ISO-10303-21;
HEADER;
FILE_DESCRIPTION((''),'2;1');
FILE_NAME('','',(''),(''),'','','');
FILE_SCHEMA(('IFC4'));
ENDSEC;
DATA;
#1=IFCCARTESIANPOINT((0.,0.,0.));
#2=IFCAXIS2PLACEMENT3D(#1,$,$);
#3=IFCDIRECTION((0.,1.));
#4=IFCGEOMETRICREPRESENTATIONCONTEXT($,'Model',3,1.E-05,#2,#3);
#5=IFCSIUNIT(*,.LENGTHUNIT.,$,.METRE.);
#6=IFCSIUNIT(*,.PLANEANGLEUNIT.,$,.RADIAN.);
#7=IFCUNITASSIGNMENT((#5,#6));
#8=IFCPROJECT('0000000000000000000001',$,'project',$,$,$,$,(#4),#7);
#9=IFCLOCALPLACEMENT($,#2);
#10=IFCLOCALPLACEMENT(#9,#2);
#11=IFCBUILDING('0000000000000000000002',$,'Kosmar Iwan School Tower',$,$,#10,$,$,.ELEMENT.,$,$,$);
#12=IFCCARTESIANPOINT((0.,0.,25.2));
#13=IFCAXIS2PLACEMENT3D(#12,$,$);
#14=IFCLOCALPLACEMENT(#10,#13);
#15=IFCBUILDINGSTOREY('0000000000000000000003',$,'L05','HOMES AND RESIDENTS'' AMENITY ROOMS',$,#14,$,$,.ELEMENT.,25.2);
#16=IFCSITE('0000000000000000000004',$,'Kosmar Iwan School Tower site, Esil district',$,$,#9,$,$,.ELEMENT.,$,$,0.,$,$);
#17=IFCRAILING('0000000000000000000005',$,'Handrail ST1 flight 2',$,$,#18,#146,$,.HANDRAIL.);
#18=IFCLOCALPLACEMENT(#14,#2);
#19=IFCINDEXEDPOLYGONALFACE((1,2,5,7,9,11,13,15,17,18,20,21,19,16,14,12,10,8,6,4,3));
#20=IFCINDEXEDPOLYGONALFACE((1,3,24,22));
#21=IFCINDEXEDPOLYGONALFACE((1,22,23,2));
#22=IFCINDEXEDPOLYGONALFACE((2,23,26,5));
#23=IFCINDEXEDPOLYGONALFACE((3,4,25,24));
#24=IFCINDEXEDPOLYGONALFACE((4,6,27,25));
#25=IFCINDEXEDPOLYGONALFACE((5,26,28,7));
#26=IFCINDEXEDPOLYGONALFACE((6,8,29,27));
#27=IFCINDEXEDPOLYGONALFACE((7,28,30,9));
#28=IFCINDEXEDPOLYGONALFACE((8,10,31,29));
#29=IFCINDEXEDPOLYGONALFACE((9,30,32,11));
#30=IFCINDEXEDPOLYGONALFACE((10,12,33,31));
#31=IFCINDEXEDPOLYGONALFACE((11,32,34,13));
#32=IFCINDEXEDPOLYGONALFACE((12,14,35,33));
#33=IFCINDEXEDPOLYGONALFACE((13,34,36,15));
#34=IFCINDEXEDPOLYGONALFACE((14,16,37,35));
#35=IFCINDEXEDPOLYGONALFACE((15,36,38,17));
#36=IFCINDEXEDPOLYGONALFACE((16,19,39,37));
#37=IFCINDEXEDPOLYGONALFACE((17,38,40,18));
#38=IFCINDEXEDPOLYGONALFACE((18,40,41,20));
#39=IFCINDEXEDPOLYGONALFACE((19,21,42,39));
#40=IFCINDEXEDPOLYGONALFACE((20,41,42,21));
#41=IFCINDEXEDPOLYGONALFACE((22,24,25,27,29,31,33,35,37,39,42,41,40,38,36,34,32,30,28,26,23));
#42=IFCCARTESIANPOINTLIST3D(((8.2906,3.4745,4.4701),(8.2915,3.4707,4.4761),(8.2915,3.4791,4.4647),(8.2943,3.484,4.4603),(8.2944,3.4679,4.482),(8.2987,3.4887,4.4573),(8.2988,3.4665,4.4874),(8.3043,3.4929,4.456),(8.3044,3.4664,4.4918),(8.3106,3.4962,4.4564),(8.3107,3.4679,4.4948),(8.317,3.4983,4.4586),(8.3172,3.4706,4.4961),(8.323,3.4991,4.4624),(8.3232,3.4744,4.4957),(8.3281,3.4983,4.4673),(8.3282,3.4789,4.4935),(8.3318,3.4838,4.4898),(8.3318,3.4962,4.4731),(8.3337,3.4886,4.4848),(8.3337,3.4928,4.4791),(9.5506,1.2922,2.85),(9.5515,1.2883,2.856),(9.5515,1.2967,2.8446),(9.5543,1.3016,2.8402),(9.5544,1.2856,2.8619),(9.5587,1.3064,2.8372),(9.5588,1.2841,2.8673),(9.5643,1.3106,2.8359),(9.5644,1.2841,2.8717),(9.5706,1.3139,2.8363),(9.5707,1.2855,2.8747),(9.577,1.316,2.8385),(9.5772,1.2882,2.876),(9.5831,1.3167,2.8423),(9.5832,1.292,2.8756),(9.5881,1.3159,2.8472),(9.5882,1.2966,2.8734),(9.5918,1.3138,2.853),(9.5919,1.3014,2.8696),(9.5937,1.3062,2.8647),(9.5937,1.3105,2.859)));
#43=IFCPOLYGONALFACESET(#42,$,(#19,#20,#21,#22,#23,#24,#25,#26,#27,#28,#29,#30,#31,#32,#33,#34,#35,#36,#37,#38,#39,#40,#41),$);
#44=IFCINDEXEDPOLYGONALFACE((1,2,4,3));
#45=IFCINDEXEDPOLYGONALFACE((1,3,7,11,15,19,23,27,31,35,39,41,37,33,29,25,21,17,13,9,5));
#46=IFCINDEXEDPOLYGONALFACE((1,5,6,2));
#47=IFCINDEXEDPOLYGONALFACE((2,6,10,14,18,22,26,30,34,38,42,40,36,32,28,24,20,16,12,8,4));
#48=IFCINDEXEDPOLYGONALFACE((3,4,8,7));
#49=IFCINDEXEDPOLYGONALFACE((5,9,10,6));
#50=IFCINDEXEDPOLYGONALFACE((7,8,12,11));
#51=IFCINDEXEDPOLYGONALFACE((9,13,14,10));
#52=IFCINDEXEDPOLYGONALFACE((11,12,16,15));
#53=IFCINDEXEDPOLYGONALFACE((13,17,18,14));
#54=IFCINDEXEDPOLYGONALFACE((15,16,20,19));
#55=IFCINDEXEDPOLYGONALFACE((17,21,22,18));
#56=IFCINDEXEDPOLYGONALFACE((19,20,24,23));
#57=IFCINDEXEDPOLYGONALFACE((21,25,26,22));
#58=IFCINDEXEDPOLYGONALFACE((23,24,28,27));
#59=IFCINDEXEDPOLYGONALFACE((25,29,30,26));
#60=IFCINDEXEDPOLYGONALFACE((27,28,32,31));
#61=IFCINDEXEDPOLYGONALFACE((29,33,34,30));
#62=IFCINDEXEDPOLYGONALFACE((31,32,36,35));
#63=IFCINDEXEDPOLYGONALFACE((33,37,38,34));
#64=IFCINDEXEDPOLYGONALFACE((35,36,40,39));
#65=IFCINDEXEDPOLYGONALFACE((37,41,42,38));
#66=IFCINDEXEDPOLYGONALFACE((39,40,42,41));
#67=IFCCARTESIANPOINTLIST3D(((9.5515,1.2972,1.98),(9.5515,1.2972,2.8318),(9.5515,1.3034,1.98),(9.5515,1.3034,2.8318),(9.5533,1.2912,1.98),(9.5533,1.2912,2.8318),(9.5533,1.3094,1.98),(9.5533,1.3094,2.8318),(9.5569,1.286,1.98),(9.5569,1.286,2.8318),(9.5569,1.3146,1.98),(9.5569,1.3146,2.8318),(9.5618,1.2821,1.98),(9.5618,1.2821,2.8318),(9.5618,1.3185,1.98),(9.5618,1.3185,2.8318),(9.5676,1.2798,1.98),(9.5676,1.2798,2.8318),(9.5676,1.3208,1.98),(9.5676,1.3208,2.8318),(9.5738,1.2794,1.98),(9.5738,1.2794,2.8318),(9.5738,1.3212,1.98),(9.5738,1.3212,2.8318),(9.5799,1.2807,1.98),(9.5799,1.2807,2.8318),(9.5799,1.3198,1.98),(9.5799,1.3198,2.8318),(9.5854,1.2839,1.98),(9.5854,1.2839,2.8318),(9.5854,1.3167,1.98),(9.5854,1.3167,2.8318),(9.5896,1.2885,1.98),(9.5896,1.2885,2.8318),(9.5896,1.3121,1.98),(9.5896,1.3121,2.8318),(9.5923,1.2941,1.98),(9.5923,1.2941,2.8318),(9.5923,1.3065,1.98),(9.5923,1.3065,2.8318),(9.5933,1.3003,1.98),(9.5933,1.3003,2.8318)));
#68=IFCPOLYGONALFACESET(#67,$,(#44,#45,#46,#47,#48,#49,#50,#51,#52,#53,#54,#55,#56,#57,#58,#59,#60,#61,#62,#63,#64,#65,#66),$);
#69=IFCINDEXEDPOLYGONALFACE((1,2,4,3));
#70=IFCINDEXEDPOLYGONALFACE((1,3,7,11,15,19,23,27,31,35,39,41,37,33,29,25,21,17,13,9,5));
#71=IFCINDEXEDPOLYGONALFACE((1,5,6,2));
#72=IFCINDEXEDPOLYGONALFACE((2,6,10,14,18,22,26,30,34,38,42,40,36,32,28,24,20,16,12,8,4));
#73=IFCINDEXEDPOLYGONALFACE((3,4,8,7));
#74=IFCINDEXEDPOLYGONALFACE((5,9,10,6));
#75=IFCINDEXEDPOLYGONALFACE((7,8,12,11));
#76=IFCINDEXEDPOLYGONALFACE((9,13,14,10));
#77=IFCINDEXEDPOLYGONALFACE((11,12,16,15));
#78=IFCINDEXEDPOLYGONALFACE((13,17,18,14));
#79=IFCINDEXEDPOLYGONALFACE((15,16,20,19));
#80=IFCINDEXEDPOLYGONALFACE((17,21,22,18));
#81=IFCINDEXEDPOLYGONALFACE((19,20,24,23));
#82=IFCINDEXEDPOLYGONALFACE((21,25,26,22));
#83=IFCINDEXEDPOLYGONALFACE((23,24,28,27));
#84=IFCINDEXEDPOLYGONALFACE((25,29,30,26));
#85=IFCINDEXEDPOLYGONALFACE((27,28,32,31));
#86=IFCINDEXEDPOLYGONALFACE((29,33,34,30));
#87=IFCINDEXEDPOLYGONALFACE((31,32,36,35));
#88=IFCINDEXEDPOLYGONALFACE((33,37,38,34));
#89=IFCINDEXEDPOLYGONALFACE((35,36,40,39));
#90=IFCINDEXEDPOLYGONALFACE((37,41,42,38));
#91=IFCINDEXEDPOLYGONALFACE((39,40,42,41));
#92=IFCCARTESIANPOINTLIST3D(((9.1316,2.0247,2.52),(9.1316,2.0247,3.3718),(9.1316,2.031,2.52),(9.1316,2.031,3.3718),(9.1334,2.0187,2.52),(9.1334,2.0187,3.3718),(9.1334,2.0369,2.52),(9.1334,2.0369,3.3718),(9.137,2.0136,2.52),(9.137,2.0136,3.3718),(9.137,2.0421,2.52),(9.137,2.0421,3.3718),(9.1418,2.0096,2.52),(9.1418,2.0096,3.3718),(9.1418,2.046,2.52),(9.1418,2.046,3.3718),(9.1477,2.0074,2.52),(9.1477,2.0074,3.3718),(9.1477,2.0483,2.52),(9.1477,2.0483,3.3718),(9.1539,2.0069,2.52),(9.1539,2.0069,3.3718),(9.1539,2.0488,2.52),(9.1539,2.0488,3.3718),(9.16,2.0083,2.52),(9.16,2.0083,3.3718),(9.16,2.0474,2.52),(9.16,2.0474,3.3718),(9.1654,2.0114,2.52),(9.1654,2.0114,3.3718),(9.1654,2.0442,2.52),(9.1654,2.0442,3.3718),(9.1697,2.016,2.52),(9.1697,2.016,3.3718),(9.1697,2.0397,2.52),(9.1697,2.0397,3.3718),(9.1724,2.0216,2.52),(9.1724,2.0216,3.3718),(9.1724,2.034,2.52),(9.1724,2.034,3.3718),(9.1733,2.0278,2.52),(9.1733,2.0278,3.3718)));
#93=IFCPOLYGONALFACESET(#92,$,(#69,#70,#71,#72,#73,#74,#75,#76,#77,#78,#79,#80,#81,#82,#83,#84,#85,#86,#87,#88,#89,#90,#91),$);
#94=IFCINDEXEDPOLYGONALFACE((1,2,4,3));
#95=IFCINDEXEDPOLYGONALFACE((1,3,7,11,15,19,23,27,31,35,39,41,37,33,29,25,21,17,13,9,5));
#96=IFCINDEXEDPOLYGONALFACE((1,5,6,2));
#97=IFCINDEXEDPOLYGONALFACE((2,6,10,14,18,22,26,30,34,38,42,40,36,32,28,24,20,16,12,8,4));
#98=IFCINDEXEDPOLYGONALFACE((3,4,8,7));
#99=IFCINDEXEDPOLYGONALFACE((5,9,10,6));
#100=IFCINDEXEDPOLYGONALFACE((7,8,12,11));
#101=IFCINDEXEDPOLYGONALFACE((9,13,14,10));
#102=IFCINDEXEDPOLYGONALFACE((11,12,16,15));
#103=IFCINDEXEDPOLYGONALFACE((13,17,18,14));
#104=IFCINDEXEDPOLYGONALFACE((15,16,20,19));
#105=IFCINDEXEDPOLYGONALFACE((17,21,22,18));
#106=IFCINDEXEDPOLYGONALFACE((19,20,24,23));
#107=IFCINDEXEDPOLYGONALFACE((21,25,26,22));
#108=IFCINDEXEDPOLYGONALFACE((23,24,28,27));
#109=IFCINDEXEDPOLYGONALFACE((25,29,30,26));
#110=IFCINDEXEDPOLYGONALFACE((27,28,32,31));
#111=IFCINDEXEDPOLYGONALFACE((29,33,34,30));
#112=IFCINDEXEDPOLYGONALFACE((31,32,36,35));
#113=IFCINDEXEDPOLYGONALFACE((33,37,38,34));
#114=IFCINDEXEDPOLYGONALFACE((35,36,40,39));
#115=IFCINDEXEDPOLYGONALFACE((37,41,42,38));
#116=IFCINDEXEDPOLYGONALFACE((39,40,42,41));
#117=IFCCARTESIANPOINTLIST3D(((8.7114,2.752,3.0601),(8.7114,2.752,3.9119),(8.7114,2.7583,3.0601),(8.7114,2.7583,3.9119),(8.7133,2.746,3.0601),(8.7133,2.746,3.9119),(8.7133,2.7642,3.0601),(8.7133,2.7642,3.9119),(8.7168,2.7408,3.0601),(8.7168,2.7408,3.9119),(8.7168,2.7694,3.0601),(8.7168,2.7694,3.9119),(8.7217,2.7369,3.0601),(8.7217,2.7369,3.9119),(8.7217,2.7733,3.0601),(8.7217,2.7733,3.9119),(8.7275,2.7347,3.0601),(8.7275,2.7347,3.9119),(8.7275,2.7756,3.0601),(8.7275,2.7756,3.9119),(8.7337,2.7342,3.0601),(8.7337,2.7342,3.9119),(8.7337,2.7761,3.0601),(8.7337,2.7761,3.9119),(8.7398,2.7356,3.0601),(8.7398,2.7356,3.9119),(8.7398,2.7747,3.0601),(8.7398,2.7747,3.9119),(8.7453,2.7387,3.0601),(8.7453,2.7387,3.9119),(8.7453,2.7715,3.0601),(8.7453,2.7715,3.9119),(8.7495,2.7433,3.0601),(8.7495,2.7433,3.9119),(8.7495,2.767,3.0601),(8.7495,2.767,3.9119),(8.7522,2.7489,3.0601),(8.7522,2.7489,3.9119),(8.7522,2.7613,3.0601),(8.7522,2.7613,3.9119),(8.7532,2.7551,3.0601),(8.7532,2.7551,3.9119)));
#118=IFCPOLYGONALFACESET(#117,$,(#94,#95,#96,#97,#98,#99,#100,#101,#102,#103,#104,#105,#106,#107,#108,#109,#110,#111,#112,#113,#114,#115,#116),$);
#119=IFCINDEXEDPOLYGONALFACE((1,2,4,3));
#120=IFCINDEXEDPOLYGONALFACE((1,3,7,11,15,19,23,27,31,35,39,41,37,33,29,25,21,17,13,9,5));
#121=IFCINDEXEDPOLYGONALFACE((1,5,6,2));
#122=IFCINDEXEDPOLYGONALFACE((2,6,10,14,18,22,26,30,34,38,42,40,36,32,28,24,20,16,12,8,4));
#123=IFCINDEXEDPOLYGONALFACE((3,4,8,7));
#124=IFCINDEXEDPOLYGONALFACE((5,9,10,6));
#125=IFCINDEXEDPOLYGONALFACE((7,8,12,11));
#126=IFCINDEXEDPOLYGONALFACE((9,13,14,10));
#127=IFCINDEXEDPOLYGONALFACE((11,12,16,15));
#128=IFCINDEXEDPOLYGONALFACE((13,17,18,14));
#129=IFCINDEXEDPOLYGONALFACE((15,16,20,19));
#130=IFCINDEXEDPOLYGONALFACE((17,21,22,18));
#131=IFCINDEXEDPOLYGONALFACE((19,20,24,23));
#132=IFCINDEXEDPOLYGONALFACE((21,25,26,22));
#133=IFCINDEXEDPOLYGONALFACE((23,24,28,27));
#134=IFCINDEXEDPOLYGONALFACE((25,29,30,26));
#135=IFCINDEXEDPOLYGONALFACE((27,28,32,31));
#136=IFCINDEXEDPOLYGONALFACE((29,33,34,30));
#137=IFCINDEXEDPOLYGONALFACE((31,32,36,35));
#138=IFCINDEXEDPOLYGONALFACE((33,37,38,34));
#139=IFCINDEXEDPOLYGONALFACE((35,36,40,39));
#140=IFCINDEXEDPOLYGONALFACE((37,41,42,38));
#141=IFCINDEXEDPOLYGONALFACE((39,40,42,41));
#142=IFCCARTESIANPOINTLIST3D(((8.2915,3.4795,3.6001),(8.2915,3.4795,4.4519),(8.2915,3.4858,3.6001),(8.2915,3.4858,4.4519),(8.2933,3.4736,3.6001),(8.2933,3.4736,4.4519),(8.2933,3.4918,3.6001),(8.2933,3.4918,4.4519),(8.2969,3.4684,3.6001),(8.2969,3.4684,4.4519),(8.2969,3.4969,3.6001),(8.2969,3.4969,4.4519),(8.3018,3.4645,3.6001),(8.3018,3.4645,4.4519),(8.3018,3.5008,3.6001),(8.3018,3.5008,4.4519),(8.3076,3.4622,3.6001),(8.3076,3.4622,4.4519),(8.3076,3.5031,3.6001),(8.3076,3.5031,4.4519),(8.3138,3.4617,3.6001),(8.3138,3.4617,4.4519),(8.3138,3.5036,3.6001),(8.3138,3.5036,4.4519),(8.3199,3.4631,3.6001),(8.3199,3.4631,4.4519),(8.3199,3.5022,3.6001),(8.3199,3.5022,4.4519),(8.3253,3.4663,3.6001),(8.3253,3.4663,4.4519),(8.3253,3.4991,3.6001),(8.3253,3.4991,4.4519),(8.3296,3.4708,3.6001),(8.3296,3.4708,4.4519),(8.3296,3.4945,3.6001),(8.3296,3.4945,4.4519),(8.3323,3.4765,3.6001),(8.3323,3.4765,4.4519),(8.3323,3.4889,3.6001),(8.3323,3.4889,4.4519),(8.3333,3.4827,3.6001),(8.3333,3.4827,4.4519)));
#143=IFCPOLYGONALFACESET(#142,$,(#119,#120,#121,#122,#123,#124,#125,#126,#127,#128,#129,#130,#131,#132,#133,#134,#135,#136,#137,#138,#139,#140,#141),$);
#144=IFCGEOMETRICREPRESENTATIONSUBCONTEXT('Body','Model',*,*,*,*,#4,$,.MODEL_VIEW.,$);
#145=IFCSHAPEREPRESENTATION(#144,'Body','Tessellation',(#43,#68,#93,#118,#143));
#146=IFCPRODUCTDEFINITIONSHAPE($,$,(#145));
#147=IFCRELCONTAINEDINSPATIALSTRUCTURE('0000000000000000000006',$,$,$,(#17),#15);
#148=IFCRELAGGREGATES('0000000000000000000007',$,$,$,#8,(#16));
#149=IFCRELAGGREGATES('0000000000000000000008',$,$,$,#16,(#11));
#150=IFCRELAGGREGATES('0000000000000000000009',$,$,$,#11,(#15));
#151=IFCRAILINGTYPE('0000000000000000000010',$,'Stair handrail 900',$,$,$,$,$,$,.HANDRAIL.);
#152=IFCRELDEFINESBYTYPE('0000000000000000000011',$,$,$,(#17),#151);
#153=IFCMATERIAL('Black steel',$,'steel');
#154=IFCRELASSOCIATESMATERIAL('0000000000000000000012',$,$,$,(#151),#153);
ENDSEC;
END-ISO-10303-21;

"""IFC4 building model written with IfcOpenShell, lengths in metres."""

from ifc_helpers import new_model, si_unit, direction, frame, origin, origin_2d, place, context, subcontext, project, spatial, circle, extrude, material, type_object, element, save


model = new_model("IFC4")

# Units and contexts
model_context = context("Model", 3, precision=1e-05, world=origin(), true_north=direction((0.0, 1.0)))
body_context = subcontext(model_context, "Body", "Model", "MODEL_VIEW")
ifc_project = project(units=[si_unit("LENGTHUNIT", "METRE"), si_unit("PLANEANGLEUNIT", "RADIAN")], contexts=[model_context])

# Site, building, storey
site_placement = place(None, origin())
site = spatial("IfcSite", under=ifc_project, at=site_placement, Name="Kosmar Iwan School Tower site, Esil district", CompositionType="ELEMENT", RefElevation=0.0)
building_placement = place(site_placement, origin())
building = spatial("IfcBuilding", under=site, at=building_placement, Name="Kosmar Iwan School Tower", CompositionType="ELEMENT")
storey_placement = place(building_placement, frame((0.0, 0.0, 25.2)))
storey = spatial("IfcBuildingStorey", under=building, at=storey_placement, Name="L05", Description="HOMES AND RESIDENTS' AMENITY ROOMS", CompositionType="ELEMENT", Elevation=25.2)

# Railing
ifc_material_1 = material(Name="Black steel", Category="steel")
railing_type = type_object("IfcRailingType", Name="Stair handrail 900", PredefinedType="HANDRAIL", material=ifc_material_1)
railing_placement = place(storey_placement, frame((9.5723, 1.3003, 1.98)))
element("IfcRailing", 1, at=railing_placement, inside=storey, type_object=railing_type, Name="Handrail ST1 flight 2", PredefinedType="HANDRAIL", context=body_context, shape_type="SweptSolid", body=[
    extrude(circle(Radius=0.0239, at=origin_2d()), frame((0.0, 0.0, 0.876), z_axis=(-0.420584, 0.728464, 0.540786), x_axis=(-0.866023, -0.500005, 0.0)), (0.0, 0.0, 1.0), 2.9958),
    extrude(circle(Radius=0.021, at=origin_2d()), origin(), (0.0, 0.0, 1.0), 0.8518),
    extrude(circle(Radius=0.021, at=origin_2d()), frame((-0.4199, 0.7275, 0.54)), (0.0, 0.0, 1.0), 0.8518),
    extrude(circle(Radius=0.021, at=origin_2d()), frame((-0.8401, 1.4548, 1.0801)), (0.0, 0.0, 1.0), 0.8518),
    extrude(circle(Radius=0.021, at=origin_2d()), frame((-1.26, 2.1824, 1.6201)), (0.0, 0.0, 1.0), 0.8518),
])

save(model, "model.ifc")
